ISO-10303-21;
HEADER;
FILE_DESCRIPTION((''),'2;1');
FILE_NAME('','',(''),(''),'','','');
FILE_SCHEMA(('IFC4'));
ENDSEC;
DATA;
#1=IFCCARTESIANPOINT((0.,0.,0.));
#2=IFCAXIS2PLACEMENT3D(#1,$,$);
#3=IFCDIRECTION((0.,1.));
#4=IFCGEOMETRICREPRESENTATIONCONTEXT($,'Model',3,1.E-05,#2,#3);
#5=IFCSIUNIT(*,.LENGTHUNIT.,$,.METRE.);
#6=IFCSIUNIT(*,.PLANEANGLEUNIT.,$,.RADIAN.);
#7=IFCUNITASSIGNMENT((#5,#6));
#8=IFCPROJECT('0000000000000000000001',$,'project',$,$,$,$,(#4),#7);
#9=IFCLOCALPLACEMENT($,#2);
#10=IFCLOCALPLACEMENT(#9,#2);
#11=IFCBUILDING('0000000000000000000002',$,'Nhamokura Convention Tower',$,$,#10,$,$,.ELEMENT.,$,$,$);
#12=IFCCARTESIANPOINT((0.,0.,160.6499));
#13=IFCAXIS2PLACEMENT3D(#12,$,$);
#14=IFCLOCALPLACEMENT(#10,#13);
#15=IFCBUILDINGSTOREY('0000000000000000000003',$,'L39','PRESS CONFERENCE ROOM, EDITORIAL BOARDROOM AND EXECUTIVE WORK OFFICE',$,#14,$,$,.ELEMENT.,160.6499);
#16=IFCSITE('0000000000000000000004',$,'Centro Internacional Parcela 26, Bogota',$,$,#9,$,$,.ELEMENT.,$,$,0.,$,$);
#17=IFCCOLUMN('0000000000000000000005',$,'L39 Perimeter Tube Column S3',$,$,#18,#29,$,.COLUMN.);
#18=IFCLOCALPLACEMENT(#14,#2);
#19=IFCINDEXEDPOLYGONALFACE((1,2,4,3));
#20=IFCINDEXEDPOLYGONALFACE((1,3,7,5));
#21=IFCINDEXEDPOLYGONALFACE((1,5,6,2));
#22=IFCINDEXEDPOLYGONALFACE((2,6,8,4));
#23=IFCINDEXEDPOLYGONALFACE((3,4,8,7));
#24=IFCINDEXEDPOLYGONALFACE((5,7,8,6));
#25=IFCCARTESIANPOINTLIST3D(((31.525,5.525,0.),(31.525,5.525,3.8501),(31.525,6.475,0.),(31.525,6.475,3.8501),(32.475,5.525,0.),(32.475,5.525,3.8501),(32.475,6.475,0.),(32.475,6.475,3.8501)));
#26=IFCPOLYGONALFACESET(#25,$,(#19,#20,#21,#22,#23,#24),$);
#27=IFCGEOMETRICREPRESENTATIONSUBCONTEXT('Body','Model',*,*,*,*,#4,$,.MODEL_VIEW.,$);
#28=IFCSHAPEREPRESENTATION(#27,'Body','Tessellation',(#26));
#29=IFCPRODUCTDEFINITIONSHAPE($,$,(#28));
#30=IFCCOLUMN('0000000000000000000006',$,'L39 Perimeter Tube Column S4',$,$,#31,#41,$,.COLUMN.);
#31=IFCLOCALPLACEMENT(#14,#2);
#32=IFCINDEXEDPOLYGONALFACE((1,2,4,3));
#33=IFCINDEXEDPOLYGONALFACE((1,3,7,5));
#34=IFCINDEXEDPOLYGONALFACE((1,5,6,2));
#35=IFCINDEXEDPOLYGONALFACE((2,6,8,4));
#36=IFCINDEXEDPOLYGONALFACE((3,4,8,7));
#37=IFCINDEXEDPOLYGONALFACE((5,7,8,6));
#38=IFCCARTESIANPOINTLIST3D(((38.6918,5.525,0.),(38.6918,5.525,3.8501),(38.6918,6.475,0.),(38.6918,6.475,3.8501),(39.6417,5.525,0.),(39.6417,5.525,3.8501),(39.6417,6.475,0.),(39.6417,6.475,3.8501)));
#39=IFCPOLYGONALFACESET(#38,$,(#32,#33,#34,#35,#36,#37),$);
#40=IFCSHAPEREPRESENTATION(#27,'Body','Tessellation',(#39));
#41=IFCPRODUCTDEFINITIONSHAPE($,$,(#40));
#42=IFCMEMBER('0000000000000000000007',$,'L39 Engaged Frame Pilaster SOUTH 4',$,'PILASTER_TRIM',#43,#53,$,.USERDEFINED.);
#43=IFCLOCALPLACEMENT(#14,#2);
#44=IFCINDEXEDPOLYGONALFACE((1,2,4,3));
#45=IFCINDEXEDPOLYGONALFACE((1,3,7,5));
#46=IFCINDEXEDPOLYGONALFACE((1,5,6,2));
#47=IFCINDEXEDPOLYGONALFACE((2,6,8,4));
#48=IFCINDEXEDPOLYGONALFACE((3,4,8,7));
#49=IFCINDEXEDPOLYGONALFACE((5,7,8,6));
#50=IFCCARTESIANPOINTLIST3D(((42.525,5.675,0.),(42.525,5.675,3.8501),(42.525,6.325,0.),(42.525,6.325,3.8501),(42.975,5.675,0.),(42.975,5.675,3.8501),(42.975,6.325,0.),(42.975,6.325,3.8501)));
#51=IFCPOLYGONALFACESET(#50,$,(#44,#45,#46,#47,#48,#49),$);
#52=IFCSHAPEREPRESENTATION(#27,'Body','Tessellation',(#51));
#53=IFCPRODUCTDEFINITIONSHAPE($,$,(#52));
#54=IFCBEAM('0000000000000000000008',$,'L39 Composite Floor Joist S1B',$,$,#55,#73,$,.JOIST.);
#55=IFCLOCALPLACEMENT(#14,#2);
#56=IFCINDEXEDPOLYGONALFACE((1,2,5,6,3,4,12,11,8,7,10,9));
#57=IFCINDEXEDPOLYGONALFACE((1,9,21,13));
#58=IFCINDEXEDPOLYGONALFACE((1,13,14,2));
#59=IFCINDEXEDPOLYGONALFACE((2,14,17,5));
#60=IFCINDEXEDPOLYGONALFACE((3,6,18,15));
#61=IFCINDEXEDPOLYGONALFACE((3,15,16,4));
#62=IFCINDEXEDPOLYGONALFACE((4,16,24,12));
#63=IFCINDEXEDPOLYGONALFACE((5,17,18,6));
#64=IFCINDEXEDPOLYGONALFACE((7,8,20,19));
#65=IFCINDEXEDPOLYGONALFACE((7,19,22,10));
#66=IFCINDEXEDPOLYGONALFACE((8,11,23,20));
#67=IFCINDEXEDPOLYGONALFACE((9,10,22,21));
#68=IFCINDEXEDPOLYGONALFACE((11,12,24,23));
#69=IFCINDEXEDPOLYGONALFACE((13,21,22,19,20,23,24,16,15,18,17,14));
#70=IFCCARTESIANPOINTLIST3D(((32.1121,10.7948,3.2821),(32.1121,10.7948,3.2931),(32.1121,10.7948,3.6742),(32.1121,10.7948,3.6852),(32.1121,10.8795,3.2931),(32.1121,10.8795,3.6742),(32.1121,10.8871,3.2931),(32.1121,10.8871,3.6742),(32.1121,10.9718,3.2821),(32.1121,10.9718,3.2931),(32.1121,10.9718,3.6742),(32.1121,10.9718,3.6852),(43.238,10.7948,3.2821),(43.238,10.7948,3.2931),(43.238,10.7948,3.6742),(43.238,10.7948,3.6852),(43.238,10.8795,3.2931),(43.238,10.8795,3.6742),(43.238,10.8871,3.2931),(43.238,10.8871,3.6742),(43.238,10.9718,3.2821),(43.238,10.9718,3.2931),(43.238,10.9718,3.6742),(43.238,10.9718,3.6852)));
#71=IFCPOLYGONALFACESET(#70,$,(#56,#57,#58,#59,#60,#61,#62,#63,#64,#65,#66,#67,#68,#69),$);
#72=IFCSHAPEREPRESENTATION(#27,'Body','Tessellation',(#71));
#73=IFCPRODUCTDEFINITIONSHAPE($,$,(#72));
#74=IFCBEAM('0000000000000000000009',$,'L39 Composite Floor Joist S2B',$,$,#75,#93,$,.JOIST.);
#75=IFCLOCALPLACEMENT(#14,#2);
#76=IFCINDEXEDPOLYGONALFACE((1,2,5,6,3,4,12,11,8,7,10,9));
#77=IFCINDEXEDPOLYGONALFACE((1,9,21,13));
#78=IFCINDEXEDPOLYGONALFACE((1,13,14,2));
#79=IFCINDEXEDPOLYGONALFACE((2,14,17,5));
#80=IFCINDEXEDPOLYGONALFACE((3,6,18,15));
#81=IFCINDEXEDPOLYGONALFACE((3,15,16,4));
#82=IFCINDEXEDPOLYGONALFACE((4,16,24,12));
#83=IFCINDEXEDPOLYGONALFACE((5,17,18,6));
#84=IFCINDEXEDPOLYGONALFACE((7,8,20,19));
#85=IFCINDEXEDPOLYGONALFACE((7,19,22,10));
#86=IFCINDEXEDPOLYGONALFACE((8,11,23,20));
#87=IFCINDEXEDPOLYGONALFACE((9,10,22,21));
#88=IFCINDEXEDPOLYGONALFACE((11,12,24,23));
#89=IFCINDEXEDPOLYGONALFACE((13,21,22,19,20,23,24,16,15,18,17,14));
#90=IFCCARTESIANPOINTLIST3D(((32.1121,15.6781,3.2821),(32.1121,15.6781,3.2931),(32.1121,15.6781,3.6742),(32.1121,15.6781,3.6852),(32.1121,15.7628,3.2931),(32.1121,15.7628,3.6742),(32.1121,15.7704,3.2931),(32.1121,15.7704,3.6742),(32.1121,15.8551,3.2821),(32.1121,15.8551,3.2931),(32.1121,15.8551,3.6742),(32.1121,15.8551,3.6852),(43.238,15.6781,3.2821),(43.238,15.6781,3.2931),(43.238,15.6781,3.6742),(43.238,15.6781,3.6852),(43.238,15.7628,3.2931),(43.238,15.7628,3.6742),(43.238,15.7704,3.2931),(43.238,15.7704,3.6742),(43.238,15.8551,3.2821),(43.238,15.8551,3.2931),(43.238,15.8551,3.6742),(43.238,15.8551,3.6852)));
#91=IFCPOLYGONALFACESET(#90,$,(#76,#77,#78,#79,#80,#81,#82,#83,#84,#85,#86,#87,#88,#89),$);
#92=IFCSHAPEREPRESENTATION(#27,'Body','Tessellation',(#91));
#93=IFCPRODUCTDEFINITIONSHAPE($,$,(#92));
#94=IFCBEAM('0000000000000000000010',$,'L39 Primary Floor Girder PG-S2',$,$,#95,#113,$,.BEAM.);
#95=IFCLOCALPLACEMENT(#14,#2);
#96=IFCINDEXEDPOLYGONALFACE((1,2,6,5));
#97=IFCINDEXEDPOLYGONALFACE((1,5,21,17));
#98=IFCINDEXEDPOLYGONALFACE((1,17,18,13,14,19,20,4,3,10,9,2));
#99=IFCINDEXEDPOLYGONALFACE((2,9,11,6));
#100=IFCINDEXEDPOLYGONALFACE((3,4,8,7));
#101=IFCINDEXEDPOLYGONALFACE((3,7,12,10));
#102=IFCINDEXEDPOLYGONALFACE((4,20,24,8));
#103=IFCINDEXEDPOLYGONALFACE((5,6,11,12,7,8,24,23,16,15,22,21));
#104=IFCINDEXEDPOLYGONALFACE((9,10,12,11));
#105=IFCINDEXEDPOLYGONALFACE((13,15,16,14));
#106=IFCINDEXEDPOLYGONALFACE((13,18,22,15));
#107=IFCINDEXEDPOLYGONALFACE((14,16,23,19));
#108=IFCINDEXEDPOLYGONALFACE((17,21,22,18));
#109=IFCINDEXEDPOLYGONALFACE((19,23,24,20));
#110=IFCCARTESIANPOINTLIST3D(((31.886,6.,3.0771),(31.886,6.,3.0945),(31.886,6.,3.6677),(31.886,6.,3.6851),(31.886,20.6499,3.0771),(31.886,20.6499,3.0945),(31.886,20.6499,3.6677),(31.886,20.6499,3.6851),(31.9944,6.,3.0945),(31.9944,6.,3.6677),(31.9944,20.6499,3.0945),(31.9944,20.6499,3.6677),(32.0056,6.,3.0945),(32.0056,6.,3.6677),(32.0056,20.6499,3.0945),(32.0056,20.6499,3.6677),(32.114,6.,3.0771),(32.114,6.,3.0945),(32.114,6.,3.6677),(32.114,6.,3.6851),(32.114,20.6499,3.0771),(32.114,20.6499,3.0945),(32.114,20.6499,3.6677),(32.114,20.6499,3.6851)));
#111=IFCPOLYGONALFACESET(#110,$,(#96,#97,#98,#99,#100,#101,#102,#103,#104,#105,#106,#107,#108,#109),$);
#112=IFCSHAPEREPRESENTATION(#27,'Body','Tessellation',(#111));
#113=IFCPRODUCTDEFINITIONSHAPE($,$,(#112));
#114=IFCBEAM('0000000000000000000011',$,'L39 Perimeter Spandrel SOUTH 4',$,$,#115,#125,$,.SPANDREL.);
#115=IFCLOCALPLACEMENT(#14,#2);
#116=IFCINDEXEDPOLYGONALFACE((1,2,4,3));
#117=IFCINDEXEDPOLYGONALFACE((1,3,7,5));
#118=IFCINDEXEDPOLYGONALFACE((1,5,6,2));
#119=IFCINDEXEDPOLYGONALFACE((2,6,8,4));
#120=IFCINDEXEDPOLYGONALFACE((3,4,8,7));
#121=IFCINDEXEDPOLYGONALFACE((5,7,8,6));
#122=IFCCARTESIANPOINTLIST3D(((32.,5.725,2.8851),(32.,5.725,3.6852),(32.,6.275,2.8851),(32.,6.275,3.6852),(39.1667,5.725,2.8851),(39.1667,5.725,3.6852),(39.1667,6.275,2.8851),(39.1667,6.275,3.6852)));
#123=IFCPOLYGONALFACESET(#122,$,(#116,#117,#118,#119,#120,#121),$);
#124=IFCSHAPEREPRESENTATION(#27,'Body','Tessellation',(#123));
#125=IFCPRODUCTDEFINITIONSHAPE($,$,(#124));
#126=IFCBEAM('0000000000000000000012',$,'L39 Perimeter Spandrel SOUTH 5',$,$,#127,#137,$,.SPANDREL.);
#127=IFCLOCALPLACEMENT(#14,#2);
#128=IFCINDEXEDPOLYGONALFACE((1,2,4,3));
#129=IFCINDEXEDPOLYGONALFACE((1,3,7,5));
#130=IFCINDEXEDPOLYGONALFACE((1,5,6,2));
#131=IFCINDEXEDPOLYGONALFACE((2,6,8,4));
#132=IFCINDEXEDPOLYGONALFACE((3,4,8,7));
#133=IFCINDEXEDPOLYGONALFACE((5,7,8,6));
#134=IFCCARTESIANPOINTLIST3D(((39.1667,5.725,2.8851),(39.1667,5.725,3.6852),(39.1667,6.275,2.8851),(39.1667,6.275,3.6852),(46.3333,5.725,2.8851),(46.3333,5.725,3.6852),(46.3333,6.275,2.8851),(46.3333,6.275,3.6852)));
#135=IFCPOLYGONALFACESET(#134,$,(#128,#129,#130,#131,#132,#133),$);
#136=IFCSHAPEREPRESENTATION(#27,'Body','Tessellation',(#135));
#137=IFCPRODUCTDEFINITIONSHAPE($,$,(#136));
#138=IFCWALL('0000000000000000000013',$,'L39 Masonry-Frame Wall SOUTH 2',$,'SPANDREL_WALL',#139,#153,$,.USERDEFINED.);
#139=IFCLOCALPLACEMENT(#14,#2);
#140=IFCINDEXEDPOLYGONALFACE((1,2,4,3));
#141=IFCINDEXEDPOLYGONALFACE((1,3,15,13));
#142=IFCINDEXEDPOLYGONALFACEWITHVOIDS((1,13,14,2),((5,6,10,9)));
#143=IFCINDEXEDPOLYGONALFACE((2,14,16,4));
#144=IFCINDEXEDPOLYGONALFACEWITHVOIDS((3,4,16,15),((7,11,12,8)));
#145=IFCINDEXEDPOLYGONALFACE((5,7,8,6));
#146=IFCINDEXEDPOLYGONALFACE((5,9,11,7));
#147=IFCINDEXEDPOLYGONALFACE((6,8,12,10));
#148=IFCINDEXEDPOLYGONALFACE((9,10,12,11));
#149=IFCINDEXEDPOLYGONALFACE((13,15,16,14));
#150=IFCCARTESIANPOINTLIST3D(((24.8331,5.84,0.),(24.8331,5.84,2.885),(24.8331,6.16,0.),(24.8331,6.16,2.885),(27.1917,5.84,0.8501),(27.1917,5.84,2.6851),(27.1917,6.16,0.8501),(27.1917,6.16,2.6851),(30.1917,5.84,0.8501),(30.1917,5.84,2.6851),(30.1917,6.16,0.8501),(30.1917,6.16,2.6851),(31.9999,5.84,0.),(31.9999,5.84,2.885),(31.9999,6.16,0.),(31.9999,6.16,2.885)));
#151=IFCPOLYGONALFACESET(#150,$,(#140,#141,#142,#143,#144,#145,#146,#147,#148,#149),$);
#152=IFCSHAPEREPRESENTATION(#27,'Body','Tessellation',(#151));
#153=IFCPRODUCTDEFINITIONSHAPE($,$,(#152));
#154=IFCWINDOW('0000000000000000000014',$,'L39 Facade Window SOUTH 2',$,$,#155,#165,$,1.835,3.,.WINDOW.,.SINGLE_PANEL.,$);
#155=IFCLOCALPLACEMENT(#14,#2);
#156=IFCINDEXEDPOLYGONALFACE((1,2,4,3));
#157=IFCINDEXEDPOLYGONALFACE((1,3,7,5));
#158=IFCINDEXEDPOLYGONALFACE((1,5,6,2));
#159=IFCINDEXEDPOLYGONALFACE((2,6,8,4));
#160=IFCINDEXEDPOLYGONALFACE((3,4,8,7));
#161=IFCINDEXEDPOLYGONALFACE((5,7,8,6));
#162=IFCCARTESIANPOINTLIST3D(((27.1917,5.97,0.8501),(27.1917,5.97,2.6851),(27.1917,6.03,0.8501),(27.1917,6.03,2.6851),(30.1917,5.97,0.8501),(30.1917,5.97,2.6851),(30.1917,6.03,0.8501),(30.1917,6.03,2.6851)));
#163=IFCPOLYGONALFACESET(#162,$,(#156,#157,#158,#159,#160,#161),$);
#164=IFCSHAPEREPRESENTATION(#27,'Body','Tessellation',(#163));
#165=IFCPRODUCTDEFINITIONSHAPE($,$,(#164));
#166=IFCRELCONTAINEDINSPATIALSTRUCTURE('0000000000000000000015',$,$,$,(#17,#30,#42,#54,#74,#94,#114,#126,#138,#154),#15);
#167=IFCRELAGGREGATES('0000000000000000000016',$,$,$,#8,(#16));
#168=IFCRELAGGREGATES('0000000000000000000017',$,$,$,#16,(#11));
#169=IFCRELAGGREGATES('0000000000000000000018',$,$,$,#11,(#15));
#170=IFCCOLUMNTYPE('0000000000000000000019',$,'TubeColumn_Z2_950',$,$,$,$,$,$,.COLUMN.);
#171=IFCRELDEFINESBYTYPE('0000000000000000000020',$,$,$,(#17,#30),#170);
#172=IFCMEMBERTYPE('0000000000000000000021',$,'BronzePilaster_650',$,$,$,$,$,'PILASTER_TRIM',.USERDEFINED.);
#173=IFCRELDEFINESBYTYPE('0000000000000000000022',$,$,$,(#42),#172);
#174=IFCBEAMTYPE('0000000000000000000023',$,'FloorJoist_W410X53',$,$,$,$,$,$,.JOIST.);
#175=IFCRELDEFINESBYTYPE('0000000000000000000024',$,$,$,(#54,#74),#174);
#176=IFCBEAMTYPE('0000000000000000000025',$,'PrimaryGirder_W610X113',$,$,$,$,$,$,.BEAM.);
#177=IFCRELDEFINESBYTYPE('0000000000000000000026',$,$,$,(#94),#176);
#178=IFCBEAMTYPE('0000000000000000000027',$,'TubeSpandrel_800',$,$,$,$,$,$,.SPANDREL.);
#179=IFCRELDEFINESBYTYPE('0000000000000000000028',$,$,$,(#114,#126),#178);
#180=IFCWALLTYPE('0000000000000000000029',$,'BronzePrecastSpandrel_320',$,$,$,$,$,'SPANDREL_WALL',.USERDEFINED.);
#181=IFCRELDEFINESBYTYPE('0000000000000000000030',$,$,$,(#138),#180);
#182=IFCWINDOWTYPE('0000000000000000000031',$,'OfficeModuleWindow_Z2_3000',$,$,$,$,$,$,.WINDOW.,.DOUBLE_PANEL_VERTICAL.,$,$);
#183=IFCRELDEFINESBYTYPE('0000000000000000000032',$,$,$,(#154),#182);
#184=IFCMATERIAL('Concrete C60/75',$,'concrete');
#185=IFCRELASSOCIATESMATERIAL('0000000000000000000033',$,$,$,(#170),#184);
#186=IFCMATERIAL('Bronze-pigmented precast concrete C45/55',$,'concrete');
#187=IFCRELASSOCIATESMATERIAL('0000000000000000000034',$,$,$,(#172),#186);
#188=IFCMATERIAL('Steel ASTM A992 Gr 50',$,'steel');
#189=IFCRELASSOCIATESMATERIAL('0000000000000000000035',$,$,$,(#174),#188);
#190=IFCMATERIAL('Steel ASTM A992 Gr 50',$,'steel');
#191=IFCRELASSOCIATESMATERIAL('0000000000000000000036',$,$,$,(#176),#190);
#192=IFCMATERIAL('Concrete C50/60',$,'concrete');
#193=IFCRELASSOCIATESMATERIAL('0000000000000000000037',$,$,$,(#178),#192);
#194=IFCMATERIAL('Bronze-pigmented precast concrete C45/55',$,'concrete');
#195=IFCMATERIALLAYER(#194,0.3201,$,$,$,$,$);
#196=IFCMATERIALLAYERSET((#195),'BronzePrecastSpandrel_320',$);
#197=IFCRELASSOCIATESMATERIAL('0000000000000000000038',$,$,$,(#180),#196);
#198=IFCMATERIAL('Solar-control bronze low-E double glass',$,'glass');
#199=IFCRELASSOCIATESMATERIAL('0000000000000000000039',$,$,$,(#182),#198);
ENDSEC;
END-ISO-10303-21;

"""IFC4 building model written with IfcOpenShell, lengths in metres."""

from ifc_helpers import new_model, si_unit, direction, frame, frame_2d, origin, origin_2d, place, context, subcontext, project, spatial, rectangle, i_section, extrude, material, layer, layer_set, material_profile, profile_set, type_object, element, fill, save


model = new_model("IFC4")

# Units and contexts
model_context = context("Model", 3, precision=1e-05, world=origin(), true_north=direction((0.0, 1.0)))
body_context = subcontext(model_context, "Body", "Model", "MODEL_VIEW")
ifc_project = project(units=[si_unit("LENGTHUNIT", "METRE"), si_unit("PLANEANGLEUNIT", "RADIAN")], contexts=[model_context])

# Site, building, storey
site_placement = place(None, origin())
site = spatial("IfcSite", under=ifc_project, at=site_placement, Name="Centro Internacional Parcela 26, Bogota", CompositionType="ELEMENT", RefElevation=0.0)
building_placement = place(site_placement, origin())
building = spatial("IfcBuilding", under=site, at=building_placement, Name="Nhamokura Convention Tower", CompositionType="ELEMENT")
storey_placement = place(building_placement, frame((0.0, 0.0, 160.6499)))
storey = spatial("IfcBuildingStorey", under=building, at=storey_placement, Name="L39", Description="PRESS CONFERENCE ROOM, EDITORIAL BOARDROOM AND EXECUTIVE WORK OFFICE", CompositionType="ELEMENT", Elevation=160.6499)

# Columns
ifc_material_1 = material(Name="Concrete C60/75", Category="concrete")
ifc_material_profile_1 = material_profile(ifc_material_1, rectangle(XDim=0.95, YDim=0.95, at=origin_2d()))
ifc_profile_set_1 = profile_set([ifc_material_profile_1], Name="Concrete C60/75")
column_type = type_object("IfcColumnType", Name="TubeColumn_Z2_950", PredefinedType="COLUMN", material=ifc_profile_set_1)
for number, where, z_axis, x_axis, name in (
    (1, (32.0, 6.0, 0.0), (0.0, 0.0, 1.0), (1.0, 0.0, 0.0), "L39 Perimeter Tube Column S3"),
    (2, (39.1667, 6.0, 0.0), (0.0, 0.0, 1.0), (1.0, 0.0, 0.0), "L39 Perimeter Tube Column S4"),
):
    element("IfcColumn", number, at=place(storey_placement, frame(where, z_axis=z_axis, x_axis=x_axis)), inside=storey, type_object=column_type, Name=name, PredefinedType="COLUMN", context=body_context, shape_type="SweptSolid", body=[
        extrude(rectangle(XDim=0.95, YDim=0.95, at=origin_2d()), origin(), (0.0, 0.0, 1.0), 3.8501),
    ])

# Member
ifc_material_2 = material(Name="Bronze-pigmented precast concrete C45/55", Category="concrete")
ifc_material_profile_2 = material_profile(ifc_material_2, rectangle(XDim=0.45, YDim=0.6499, at=origin_2d()))
ifc_profile_set_2 = profile_set([ifc_material_profile_2], Name="Bronze-pigmented precast concrete C45/55")
member_type = type_object("IfcMemberType", Name="BronzePilaster_650", ElementType="PILASTER_TRIM", PredefinedType="USERDEFINED", material=ifc_profile_set_2)
member_placement = place(storey_placement, frame((42.75, 6.0, 0.0), z_axis=(0.0, 0.0, 1.0), x_axis=(1.0, 0.0, 0.0)))
element("IfcMember", 3, at=member_placement, inside=storey, type_object=member_type, Name="L39 Engaged Frame Pilaster SOUTH 4", ObjectType="PILASTER_TRIM", PredefinedType="USERDEFINED", context=body_context, shape_type="SweptSolid", body=[
    extrude(rectangle(XDim=0.45, YDim=0.6499, at=origin_2d()), origin(), (0.0, 0.0, 1.0), 3.8501),
])

# Beams
ifc_material_3 = material(Name="Steel ASTM A992 Gr 50", Category="steel")
ifc_material_profile_3 = material_profile(ifc_material_3, i_section(OverallWidth=0.177, OverallDepth=0.4031, WebThickness=0.0076, FlangeThickness=0.011, at=origin_2d()))
ifc_profile_set_3 = profile_set([ifc_material_profile_3], Name="Steel ASTM A992 Gr 50")
beam_type_1 = type_object("IfcBeamType", Name="FloorJoist_W410X53", PredefinedType="JOIST", material=ifc_profile_set_3)
for number, where, z_axis, x_axis, name in (
    (4, (32.1121, 10.8833, 3.4836), (1.0, 0.0, 0.0), (0.0, 1.0, 0.0), "L39 Composite Floor Joist S1B"),
    (5, (32.1121, 15.7666, 3.4836), (1.0, 0.0, 0.0), (0.0, 1.0, 0.0), "L39 Composite Floor Joist S2B"),
):
    element("IfcBeam", number, at=place(storey_placement, frame(where, z_axis=z_axis, x_axis=x_axis)), inside=storey, type_object=beam_type_1, Name=name, PredefinedType="JOIST", context=body_context, shape_type="SweptSolid", body=[
        extrude(i_section(OverallWidth=0.177, OverallDepth=0.4031, WebThickness=0.0076, FlangeThickness=0.011, at=origin_2d()), origin(), (0.0, 0.0, 1.0), 11.126),
    ])
ifc_material_4 = material(Name="Steel ASTM A992 Gr 50", Category="steel")
ifc_material_profile_4 = material_profile(ifc_material_4, i_section(OverallWidth=0.228, OverallDepth=0.6079, WebThickness=0.0112, FlangeThickness=0.0173, at=origin_2d()))
ifc_profile_set_4 = profile_set([ifc_material_profile_4], Name="Steel ASTM A992 Gr 50")
beam_type_2 = type_object("IfcBeamType", Name="PrimaryGirder_W610X113", PredefinedType="BEAM", material=ifc_profile_set_4)
beam_1_placement = place(storey_placement, frame((32.0, 6.0, 3.3811), z_axis=(0.0, 1.0, 0.0), x_axis=(-1.0, 0.0, 0.0)))
element("IfcBeam", 6, at=beam_1_placement, inside=storey, type_object=beam_type_2, Name="L39 Primary Floor Girder PG-S2", PredefinedType="BEAM", context=body_context, shape_type="SweptSolid", body=[
    extrude(i_section(OverallWidth=0.228, OverallDepth=0.6079, WebThickness=0.0112, FlangeThickness=0.0173, at=origin_2d()), origin(), (0.0, 0.0, 1.0), 14.6499),
])
ifc_material_5 = material(Name="Concrete C50/60", Category="concrete")
ifc_material_profile_5 = material_profile(ifc_material_5, rectangle(XDim=0.55, YDim=0.8, at=origin_2d()))
ifc_profile_set_5 = profile_set([ifc_material_profile_5], Name="Concrete C50/60")
beam_type_3 = type_object("IfcBeamType", Name="TubeSpandrel_800", PredefinedType="SPANDREL", material=ifc_profile_set_5)
beam_2_placement = place(storey_placement, frame((32.0, 6.0, 3.2852), z_axis=(1.0, 0.0, 0.0), x_axis=(0.0, 1.0, 0.0)))
element("IfcBeam", 7, at=beam_2_placement, inside=storey, type_object=beam_type_3, Name="L39 Perimeter Spandrel SOUTH 4", PredefinedType="SPANDREL", context=body_context, shape_type="SweptSolid", body=[
    extrude(rectangle(XDim=0.55, YDim=0.8, at=origin_2d()), origin(), (0.0, 0.0, 1.0), 7.1667),
])
beam_3_placement = place(storey_placement, frame((39.1667, 6.0, 3.2852), z_axis=(1.0, 0.0, 0.0), x_axis=(0.0, 1.0, 0.0)))
element("IfcBeam", 8, at=beam_3_placement, inside=storey, type_object=beam_type_3, Name="L39 Perimeter Spandrel SOUTH 5", PredefinedType="SPANDREL", context=body_context, shape_type="SweptSolid", body=[
    extrude(rectangle(XDim=0.55, YDim=0.8, at=origin_2d()), origin(), (0.0, 0.0, 1.0), 7.1665),
])

# Wall, opening, window
ifc_material_6 = material(Name="Bronze-pigmented precast concrete C45/55", Category="concrete")
ifc_layer_1 = layer(ifc_material_6, 0.3201)
ifc_layer_set_1 = layer_set([ifc_layer_1], Name="BronzePrecastSpandrel_320")
wall_type_1 = type_object("IfcWallType", Name="BronzePrecastSpandrel_320", ElementType="SPANDREL_WALL", PredefinedType="USERDEFINED", material=ifc_layer_set_1)
wall_1_placement = place(storey_placement, frame((32.0, 6.0, 0.0), z_axis=(0.0, 0.0, 1.0), x_axis=(-1.0, 0.0, 0.0)))
wall_1 = element("IfcWall", 9, at=wall_1_placement, inside=storey, type_object=wall_type_1, Name="L39 Masonry-Frame Wall SOUTH 2", ObjectType="SPANDREL_WALL", PredefinedType="USERDEFINED", context=body_context, shape_type="SweptSolid", body=[
    extrude(rectangle(XDim=7.1667, YDim=0.3201, at=frame_2d((3.5835, 0.0))), origin(), (0.0, 0.0, 1.0), 2.885),
])
opening_1_placement = place(wall_1_placement, frame((1.8083, 0.0, 0.8501)))
opening_1 = element("IfcOpeningElement", 10, at=opening_1_placement, cuts=wall_1, PredefinedType="OPENING", context=body_context, shape_type="SweptSolid", body=[
    extrude(rectangle(XDim=3.0, YDim=1.835, at=frame_2d((1.5, 0.9175))), frame((0.0, 0.1699, 0.0), z_axis=(0.0, -1.0, 0.0), x_axis=(1.0, 0.0, 0.0)), (0.0, 0.0, 1.0), 0.3401),
])
ifc_material_7 = material(Name="Solar-control bronze low-E double glass", Category="glass")
window_type = type_object("IfcWindowType", Name="OfficeModuleWindow_Z2_3000", PartitioningType="DOUBLE_PANEL_VERTICAL", PredefinedType="WINDOW", material=ifc_material_7)
window_1_placement = place(opening_1_placement, origin())
window_1 = element("IfcWindow", 11, at=window_1_placement, inside=storey, type_object=window_type, Name="L39 Facade Window SOUTH 2", OverallHeight=1.835, OverallWidth=3.0, PartitioningType="SINGLE_PANEL", PredefinedType="WINDOW", context=body_context, shape_type="SweptSolid", body=[
    extrude(rectangle(XDim=3.0, YDim=1.835, at=frame_2d((1.5, 0.9175))), frame((0.0, 0.03, 0.0), z_axis=(0.0, -1.0, 0.0), x_axis=(1.0, 0.0, 0.0)), (0.0, 0.0, 1.0), 0.0601),
])
fill(opening_1, window_1)

save(model, "model.ifc")
